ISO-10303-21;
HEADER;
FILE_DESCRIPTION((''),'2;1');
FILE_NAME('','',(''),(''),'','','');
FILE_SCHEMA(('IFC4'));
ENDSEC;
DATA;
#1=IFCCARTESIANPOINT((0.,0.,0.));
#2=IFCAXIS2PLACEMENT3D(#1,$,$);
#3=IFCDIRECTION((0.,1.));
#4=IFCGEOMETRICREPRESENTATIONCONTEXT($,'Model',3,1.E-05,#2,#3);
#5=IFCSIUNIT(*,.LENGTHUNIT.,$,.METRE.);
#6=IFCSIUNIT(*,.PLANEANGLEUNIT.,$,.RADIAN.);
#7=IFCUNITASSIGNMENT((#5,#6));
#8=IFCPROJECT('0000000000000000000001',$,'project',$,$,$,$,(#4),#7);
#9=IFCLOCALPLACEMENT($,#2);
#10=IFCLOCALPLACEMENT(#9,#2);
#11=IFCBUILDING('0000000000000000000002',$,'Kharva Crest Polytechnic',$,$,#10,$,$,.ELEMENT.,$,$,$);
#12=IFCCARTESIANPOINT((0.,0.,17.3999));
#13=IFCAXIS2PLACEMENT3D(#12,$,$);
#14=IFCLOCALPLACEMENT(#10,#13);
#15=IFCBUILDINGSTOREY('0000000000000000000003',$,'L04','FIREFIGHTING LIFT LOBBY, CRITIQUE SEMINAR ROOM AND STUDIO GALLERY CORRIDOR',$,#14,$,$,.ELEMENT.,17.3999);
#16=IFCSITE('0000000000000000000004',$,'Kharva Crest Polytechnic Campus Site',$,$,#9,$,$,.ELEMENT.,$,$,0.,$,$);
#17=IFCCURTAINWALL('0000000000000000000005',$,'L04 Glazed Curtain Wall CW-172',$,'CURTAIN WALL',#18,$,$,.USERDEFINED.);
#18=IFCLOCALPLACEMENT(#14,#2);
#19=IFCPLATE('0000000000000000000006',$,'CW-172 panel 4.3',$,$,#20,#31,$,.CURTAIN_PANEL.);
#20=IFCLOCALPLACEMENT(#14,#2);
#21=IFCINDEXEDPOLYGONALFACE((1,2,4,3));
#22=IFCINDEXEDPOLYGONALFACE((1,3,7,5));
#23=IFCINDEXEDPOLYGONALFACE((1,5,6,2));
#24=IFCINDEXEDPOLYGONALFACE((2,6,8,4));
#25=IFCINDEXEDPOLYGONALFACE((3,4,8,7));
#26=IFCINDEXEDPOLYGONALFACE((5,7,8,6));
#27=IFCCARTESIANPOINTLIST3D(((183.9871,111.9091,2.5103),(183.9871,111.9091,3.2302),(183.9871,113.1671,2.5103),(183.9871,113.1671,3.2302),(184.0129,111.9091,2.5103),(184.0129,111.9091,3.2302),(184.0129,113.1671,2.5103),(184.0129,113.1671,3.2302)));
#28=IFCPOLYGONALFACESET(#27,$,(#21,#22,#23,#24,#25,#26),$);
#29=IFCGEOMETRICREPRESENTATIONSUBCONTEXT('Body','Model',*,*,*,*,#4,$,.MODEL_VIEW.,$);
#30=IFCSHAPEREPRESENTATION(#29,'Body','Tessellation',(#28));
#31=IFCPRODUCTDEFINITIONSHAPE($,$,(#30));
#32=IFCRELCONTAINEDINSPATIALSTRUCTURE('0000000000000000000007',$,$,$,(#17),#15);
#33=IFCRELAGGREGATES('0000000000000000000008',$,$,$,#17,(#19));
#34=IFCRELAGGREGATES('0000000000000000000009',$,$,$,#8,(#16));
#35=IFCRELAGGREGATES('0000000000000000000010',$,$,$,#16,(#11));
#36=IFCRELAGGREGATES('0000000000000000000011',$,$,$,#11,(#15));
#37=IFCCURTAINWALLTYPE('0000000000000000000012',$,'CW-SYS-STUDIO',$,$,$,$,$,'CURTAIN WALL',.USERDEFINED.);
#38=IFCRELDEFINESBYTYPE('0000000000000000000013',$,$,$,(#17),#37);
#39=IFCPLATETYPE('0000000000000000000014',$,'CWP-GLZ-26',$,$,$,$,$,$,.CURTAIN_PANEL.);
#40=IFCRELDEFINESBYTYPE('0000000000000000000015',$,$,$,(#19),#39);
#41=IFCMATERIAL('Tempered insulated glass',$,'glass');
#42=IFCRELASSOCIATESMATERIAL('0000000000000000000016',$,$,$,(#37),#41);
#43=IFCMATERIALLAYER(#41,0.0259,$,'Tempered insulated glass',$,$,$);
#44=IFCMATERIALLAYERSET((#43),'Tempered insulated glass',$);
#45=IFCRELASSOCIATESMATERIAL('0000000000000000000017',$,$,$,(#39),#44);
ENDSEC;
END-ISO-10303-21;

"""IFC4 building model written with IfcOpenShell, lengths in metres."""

from ifc_helpers import new_model, si_unit, direction, frame, origin, origin_2d, place, context, subcontext, project, spatial, rectangle, extrude, material, layer, layer_set, type_object, element, aggregate, save


model = new_model("IFC4")

# Units and contexts
model_context = context("Model", 3, precision=1e-05, world=origin(), true_north=direction((0.0, 1.0)))
body_context = subcontext(model_context, "Body", "Model", "MODEL_VIEW")
ifc_project = project(units=[si_unit("LENGTHUNIT", "METRE"), si_unit("PLANEANGLEUNIT", "RADIAN")], contexts=[model_context])

# Site, building, storey
site_placement = place(None, origin())
site = spatial("IfcSite", under=ifc_project, at=site_placement, Name="Kharva Crest Polytechnic Campus Site", CompositionType="ELEMENT", RefElevation=0.0)
building_placement = place(site_placement, origin())
building = spatial("IfcBuilding", under=site, at=building_placement, Name="Kharva Crest Polytechnic", CompositionType="ELEMENT")
storey_placement = place(building_placement, frame((0.0, 0.0, 17.3999)))
storey = spatial("IfcBuildingStorey", under=building, at=storey_placement, Name="L04", Description="FIREFIGHTING LIFT LOBBY, CRITIQUE SEMINAR ROOM AND STUDIO GALLERY CORRIDOR", CompositionType="ELEMENT", Elevation=17.3999)

# Curtain wall, plate
ifc_material_1 = material(Name="Tempered insulated glass", Category="glass")
curtain_wall_type = type_object("IfcCurtainWallType", Name="CW-SYS-STUDIO", ElementType="CURTAIN WALL", PredefinedType="USERDEFINED", material=ifc_material_1)
curtain_wall_placement = place(storey_placement, origin())
curtain_wall = element("IfcCurtainWall", 1, at=curtain_wall_placement, inside=storey, type_object=curtain_wall_type, Name="L04 Glazed Curtain Wall CW-172", ObjectType="CURTAIN WALL", PredefinedType="USERDEFINED")
ifc_layer = layer(ifc_material_1, 0.0259, Name="Tempered insulated glass")
ifc_layer_set = layer_set([ifc_layer], Name="Tempered insulated glass")
plate_type = type_object("IfcPlateType", Name="CWP-GLZ-26", PredefinedType="CURTAIN_PANEL", material=ifc_layer_set)
plate_1_placement = place(storey_placement, frame((184.0, 112.5381, 2.5103), z_axis=(0.0, 0.0, 1.0), x_axis=(0.0, 1.0, 0.0)))
plate_1 = element("IfcPlate", 2, at=plate_1_placement, type_object=plate_type, Name="CW-172 panel 4.3", PredefinedType="CURTAIN_PANEL", context=body_context, shape_type="SweptSolid", body=[
    extrude(rectangle(XDim=1.2581, YDim=0.0259, at=origin_2d()), origin(), (0.0, 0.0, 1.0), 0.72),
])
aggregate(curtain_wall, [plate_1])

save(model, "model.ifc")
